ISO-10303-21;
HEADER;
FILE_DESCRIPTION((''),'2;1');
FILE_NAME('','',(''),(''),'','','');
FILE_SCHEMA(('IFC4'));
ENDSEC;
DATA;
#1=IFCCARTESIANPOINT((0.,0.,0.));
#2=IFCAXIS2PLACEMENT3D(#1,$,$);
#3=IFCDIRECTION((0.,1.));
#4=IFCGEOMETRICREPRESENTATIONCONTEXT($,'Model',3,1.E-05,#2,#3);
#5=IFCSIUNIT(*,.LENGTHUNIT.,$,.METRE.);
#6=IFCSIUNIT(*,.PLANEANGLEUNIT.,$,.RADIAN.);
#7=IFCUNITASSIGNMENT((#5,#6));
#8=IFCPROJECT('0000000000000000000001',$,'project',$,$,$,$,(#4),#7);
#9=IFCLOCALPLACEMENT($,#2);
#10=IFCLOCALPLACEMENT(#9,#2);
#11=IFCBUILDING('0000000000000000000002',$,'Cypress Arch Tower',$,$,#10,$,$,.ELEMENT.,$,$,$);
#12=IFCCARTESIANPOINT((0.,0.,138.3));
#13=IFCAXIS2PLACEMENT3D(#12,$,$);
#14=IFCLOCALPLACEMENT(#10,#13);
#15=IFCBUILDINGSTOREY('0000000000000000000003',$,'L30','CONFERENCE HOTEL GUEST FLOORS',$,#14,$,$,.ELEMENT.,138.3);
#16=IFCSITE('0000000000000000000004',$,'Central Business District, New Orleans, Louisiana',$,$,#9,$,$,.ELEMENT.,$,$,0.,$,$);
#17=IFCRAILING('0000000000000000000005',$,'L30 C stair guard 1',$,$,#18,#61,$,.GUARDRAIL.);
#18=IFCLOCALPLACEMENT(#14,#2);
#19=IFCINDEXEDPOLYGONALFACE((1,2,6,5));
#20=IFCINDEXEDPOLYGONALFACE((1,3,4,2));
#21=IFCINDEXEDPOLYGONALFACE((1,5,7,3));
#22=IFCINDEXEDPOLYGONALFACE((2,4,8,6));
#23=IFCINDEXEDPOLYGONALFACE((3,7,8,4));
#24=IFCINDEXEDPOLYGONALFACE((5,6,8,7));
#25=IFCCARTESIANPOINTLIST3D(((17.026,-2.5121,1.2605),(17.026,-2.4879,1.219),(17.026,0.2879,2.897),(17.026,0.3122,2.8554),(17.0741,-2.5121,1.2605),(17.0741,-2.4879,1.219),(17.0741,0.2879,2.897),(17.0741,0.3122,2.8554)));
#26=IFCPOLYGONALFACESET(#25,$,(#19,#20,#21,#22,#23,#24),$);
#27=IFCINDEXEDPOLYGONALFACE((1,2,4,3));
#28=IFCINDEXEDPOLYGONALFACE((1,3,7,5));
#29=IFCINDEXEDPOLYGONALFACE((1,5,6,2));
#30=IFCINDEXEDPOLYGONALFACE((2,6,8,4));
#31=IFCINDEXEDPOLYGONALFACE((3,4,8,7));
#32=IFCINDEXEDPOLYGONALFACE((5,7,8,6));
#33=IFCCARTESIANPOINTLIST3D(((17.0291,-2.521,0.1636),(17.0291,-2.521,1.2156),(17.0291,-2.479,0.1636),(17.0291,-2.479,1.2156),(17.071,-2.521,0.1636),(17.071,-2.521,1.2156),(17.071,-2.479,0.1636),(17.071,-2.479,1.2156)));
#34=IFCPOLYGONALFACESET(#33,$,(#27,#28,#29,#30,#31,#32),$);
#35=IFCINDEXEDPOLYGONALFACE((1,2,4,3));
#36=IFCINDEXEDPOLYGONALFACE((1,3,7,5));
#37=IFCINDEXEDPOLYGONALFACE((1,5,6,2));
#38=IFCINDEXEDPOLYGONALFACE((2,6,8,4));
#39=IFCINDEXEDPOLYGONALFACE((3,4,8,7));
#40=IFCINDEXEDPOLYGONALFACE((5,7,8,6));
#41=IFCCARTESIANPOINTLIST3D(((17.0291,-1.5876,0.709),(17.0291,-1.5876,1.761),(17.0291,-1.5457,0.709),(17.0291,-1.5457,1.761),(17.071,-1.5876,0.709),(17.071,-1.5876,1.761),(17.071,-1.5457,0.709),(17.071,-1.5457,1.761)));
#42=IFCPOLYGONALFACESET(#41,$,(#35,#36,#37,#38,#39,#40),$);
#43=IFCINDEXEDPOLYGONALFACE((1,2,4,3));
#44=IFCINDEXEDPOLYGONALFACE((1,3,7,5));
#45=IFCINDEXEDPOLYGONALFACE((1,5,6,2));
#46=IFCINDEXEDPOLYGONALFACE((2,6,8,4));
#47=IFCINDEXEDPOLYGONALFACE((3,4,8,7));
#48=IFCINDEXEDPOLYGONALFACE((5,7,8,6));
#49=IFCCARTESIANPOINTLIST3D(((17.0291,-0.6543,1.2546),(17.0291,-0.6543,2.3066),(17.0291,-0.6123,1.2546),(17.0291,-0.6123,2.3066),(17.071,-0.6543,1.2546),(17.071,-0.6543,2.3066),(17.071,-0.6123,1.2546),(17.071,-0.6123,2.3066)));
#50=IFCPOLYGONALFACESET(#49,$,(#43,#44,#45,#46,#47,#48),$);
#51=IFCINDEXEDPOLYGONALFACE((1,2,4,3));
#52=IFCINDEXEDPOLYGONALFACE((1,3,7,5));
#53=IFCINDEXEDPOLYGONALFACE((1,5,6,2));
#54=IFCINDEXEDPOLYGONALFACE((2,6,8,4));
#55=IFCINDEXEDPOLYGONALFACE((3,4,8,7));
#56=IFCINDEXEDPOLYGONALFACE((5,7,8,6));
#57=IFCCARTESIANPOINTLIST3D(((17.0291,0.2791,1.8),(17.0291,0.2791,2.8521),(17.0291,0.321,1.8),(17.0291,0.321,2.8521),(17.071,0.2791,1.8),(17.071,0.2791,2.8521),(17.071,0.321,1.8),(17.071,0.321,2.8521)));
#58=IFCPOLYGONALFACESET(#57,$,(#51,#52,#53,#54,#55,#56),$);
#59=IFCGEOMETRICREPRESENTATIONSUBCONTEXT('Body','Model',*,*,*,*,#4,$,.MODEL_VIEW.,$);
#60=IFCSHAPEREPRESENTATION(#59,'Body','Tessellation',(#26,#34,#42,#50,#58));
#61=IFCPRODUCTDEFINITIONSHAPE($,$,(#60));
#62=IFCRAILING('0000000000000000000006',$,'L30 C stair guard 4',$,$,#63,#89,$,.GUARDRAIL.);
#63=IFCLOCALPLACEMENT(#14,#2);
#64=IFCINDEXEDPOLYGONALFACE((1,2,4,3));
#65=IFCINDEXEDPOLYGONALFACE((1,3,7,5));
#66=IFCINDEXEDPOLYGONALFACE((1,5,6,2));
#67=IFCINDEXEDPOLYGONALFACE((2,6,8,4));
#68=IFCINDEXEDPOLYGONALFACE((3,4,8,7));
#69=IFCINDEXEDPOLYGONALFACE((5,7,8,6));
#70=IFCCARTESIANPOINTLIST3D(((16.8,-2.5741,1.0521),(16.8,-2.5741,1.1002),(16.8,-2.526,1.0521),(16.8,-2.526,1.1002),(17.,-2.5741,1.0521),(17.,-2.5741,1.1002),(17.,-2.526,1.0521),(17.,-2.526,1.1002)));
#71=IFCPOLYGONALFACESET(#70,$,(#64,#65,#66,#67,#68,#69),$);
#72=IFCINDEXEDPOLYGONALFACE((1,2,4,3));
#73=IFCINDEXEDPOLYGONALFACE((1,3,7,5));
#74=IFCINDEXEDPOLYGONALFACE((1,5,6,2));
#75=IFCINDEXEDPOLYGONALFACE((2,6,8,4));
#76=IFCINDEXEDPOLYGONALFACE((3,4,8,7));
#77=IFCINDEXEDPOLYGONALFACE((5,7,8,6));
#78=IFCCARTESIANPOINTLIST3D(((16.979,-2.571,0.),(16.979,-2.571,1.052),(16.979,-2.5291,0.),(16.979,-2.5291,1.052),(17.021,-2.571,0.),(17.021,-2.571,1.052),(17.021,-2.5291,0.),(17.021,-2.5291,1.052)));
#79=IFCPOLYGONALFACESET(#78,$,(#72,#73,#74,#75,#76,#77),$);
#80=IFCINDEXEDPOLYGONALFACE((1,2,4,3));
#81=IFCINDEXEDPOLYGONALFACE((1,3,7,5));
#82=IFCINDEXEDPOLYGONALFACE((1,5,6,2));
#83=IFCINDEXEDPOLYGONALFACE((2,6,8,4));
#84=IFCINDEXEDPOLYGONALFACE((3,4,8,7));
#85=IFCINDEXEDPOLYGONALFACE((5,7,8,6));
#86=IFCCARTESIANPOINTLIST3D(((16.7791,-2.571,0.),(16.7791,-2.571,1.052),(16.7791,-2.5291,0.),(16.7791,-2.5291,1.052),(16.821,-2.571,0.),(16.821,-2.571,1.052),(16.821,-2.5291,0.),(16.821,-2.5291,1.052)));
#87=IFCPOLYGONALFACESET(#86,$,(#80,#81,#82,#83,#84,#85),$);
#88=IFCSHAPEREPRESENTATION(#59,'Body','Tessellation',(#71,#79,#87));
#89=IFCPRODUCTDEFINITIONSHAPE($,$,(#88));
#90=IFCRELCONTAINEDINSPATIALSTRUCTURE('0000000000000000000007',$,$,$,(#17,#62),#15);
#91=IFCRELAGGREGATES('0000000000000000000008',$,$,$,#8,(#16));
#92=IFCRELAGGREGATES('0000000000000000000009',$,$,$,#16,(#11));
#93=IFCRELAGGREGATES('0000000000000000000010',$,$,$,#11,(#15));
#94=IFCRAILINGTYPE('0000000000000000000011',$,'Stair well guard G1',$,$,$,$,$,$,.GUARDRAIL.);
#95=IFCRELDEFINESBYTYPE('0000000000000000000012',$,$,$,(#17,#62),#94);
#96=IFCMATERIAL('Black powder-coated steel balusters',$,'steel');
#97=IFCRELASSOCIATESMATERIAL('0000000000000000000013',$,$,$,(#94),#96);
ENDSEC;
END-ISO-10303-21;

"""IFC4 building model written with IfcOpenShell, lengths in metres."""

from ifc_helpers import new_model, si_unit, direction, frame, origin, origin_2d, place, context, subcontext, project, spatial, rectangle, extrude, material, type_object, element, save


model = new_model("IFC4")

# Units and contexts
model_context = context("Model", 3, precision=1e-05, world=origin(), true_north=direction((0.0, 1.0)))
body_context = subcontext(model_context, "Body", "Model", "MODEL_VIEW")
ifc_project = project(units=[si_unit("LENGTHUNIT", "METRE"), si_unit("PLANEANGLEUNIT", "RADIAN")], contexts=[model_context])

# Site, building, storey
site_placement = place(None, origin())
site = spatial("IfcSite", under=ifc_project, at=site_placement, Name="Central Business District, New Orleans, Louisiana", CompositionType="ELEMENT", RefElevation=0.0)
building_placement = place(site_placement, origin())
building = spatial("IfcBuilding", under=site, at=building_placement, Name="Cypress Arch Tower", CompositionType="ELEMENT")
storey_placement = place(building_placement, frame((0.0, 0.0, 138.3)))
storey = spatial("IfcBuildingStorey", under=building, at=storey_placement, Name="L30", Description="CONFERENCE HOTEL GUEST FLOORS", CompositionType="ELEMENT", Elevation=138.3)

# Railings
ifc_material_1 = material(Name="Black powder-coated steel balusters", Category="steel")
railing_type_1 = type_object("IfcRailingType", Name="Stair well guard G1", PredefinedType="GUARDRAIL", material=ifc_material_1)
railing_1_placement = place(storey_placement, frame((17.05, -2.5, 0.1636)))
element("IfcRailing", 1, at=railing_1_placement, inside=storey, type_object=railing_type_1, Name="L30 C stair guard 1", PredefinedType="GUARDRAIL", context=body_context, shape_type="SweptSolid", body=[
    extrude(rectangle(XDim=0.0481, YDim=0.0481, at=origin_2d()), frame((0.0, 0.0, 1.0762), z_axis=(0.0, 0.863361, 0.504587), x_axis=(-1.0, 0.0, 0.0)), (0.0, 0.0, 1.0), 3.2432),
    extrude(rectangle(XDim=0.042, YDim=0.042, at=origin_2d()), origin(), (0.0, 0.0, 1.0), 1.052),
    extrude(rectangle(XDim=0.042, YDim=0.042, at=origin_2d()), frame((0.0, 0.9333, 0.5454)), (0.0, 0.0, 1.0), 1.052),
    extrude(rectangle(XDim=0.042, YDim=0.042, at=origin_2d()), frame((0.0, 1.8667, 1.0911)), (0.0, 0.0, 1.0), 1.052),
    extrude(rectangle(XDim=0.042, YDim=0.042, at=origin_2d()), frame((0.0, 2.8, 1.6365)), (0.0, 0.0, 1.0), 1.052),
])
railing_2_placement = place(storey_placement, frame((17.0, -2.55, 0.0)))
element("IfcRailing", 2, at=railing_2_placement, inside=storey, type_object=railing_type_1, Name="L30 C stair guard 4", PredefinedType="GUARDRAIL", context=body_context, shape_type="SweptSolid", body=[
    extrude(rectangle(XDim=0.0481, YDim=0.0481, at=origin_2d()), frame((0.0, 0.0, 1.0762), z_axis=(-1.0, 0.0, 0.0), x_axis=(0.0, -1.0, 0.0)), (0.0, 0.0, 1.0), 0.2),
    extrude(rectangle(XDim=0.042, YDim=0.042, at=origin_2d()), origin(), (0.0, 0.0, 1.0), 1.052),
    extrude(rectangle(XDim=0.042, YDim=0.042, at=origin_2d()), frame((-0.2, 0.0, 0.0)), (0.0, 0.0, 1.0), 1.052),
])

save(model, "model.ifc")
